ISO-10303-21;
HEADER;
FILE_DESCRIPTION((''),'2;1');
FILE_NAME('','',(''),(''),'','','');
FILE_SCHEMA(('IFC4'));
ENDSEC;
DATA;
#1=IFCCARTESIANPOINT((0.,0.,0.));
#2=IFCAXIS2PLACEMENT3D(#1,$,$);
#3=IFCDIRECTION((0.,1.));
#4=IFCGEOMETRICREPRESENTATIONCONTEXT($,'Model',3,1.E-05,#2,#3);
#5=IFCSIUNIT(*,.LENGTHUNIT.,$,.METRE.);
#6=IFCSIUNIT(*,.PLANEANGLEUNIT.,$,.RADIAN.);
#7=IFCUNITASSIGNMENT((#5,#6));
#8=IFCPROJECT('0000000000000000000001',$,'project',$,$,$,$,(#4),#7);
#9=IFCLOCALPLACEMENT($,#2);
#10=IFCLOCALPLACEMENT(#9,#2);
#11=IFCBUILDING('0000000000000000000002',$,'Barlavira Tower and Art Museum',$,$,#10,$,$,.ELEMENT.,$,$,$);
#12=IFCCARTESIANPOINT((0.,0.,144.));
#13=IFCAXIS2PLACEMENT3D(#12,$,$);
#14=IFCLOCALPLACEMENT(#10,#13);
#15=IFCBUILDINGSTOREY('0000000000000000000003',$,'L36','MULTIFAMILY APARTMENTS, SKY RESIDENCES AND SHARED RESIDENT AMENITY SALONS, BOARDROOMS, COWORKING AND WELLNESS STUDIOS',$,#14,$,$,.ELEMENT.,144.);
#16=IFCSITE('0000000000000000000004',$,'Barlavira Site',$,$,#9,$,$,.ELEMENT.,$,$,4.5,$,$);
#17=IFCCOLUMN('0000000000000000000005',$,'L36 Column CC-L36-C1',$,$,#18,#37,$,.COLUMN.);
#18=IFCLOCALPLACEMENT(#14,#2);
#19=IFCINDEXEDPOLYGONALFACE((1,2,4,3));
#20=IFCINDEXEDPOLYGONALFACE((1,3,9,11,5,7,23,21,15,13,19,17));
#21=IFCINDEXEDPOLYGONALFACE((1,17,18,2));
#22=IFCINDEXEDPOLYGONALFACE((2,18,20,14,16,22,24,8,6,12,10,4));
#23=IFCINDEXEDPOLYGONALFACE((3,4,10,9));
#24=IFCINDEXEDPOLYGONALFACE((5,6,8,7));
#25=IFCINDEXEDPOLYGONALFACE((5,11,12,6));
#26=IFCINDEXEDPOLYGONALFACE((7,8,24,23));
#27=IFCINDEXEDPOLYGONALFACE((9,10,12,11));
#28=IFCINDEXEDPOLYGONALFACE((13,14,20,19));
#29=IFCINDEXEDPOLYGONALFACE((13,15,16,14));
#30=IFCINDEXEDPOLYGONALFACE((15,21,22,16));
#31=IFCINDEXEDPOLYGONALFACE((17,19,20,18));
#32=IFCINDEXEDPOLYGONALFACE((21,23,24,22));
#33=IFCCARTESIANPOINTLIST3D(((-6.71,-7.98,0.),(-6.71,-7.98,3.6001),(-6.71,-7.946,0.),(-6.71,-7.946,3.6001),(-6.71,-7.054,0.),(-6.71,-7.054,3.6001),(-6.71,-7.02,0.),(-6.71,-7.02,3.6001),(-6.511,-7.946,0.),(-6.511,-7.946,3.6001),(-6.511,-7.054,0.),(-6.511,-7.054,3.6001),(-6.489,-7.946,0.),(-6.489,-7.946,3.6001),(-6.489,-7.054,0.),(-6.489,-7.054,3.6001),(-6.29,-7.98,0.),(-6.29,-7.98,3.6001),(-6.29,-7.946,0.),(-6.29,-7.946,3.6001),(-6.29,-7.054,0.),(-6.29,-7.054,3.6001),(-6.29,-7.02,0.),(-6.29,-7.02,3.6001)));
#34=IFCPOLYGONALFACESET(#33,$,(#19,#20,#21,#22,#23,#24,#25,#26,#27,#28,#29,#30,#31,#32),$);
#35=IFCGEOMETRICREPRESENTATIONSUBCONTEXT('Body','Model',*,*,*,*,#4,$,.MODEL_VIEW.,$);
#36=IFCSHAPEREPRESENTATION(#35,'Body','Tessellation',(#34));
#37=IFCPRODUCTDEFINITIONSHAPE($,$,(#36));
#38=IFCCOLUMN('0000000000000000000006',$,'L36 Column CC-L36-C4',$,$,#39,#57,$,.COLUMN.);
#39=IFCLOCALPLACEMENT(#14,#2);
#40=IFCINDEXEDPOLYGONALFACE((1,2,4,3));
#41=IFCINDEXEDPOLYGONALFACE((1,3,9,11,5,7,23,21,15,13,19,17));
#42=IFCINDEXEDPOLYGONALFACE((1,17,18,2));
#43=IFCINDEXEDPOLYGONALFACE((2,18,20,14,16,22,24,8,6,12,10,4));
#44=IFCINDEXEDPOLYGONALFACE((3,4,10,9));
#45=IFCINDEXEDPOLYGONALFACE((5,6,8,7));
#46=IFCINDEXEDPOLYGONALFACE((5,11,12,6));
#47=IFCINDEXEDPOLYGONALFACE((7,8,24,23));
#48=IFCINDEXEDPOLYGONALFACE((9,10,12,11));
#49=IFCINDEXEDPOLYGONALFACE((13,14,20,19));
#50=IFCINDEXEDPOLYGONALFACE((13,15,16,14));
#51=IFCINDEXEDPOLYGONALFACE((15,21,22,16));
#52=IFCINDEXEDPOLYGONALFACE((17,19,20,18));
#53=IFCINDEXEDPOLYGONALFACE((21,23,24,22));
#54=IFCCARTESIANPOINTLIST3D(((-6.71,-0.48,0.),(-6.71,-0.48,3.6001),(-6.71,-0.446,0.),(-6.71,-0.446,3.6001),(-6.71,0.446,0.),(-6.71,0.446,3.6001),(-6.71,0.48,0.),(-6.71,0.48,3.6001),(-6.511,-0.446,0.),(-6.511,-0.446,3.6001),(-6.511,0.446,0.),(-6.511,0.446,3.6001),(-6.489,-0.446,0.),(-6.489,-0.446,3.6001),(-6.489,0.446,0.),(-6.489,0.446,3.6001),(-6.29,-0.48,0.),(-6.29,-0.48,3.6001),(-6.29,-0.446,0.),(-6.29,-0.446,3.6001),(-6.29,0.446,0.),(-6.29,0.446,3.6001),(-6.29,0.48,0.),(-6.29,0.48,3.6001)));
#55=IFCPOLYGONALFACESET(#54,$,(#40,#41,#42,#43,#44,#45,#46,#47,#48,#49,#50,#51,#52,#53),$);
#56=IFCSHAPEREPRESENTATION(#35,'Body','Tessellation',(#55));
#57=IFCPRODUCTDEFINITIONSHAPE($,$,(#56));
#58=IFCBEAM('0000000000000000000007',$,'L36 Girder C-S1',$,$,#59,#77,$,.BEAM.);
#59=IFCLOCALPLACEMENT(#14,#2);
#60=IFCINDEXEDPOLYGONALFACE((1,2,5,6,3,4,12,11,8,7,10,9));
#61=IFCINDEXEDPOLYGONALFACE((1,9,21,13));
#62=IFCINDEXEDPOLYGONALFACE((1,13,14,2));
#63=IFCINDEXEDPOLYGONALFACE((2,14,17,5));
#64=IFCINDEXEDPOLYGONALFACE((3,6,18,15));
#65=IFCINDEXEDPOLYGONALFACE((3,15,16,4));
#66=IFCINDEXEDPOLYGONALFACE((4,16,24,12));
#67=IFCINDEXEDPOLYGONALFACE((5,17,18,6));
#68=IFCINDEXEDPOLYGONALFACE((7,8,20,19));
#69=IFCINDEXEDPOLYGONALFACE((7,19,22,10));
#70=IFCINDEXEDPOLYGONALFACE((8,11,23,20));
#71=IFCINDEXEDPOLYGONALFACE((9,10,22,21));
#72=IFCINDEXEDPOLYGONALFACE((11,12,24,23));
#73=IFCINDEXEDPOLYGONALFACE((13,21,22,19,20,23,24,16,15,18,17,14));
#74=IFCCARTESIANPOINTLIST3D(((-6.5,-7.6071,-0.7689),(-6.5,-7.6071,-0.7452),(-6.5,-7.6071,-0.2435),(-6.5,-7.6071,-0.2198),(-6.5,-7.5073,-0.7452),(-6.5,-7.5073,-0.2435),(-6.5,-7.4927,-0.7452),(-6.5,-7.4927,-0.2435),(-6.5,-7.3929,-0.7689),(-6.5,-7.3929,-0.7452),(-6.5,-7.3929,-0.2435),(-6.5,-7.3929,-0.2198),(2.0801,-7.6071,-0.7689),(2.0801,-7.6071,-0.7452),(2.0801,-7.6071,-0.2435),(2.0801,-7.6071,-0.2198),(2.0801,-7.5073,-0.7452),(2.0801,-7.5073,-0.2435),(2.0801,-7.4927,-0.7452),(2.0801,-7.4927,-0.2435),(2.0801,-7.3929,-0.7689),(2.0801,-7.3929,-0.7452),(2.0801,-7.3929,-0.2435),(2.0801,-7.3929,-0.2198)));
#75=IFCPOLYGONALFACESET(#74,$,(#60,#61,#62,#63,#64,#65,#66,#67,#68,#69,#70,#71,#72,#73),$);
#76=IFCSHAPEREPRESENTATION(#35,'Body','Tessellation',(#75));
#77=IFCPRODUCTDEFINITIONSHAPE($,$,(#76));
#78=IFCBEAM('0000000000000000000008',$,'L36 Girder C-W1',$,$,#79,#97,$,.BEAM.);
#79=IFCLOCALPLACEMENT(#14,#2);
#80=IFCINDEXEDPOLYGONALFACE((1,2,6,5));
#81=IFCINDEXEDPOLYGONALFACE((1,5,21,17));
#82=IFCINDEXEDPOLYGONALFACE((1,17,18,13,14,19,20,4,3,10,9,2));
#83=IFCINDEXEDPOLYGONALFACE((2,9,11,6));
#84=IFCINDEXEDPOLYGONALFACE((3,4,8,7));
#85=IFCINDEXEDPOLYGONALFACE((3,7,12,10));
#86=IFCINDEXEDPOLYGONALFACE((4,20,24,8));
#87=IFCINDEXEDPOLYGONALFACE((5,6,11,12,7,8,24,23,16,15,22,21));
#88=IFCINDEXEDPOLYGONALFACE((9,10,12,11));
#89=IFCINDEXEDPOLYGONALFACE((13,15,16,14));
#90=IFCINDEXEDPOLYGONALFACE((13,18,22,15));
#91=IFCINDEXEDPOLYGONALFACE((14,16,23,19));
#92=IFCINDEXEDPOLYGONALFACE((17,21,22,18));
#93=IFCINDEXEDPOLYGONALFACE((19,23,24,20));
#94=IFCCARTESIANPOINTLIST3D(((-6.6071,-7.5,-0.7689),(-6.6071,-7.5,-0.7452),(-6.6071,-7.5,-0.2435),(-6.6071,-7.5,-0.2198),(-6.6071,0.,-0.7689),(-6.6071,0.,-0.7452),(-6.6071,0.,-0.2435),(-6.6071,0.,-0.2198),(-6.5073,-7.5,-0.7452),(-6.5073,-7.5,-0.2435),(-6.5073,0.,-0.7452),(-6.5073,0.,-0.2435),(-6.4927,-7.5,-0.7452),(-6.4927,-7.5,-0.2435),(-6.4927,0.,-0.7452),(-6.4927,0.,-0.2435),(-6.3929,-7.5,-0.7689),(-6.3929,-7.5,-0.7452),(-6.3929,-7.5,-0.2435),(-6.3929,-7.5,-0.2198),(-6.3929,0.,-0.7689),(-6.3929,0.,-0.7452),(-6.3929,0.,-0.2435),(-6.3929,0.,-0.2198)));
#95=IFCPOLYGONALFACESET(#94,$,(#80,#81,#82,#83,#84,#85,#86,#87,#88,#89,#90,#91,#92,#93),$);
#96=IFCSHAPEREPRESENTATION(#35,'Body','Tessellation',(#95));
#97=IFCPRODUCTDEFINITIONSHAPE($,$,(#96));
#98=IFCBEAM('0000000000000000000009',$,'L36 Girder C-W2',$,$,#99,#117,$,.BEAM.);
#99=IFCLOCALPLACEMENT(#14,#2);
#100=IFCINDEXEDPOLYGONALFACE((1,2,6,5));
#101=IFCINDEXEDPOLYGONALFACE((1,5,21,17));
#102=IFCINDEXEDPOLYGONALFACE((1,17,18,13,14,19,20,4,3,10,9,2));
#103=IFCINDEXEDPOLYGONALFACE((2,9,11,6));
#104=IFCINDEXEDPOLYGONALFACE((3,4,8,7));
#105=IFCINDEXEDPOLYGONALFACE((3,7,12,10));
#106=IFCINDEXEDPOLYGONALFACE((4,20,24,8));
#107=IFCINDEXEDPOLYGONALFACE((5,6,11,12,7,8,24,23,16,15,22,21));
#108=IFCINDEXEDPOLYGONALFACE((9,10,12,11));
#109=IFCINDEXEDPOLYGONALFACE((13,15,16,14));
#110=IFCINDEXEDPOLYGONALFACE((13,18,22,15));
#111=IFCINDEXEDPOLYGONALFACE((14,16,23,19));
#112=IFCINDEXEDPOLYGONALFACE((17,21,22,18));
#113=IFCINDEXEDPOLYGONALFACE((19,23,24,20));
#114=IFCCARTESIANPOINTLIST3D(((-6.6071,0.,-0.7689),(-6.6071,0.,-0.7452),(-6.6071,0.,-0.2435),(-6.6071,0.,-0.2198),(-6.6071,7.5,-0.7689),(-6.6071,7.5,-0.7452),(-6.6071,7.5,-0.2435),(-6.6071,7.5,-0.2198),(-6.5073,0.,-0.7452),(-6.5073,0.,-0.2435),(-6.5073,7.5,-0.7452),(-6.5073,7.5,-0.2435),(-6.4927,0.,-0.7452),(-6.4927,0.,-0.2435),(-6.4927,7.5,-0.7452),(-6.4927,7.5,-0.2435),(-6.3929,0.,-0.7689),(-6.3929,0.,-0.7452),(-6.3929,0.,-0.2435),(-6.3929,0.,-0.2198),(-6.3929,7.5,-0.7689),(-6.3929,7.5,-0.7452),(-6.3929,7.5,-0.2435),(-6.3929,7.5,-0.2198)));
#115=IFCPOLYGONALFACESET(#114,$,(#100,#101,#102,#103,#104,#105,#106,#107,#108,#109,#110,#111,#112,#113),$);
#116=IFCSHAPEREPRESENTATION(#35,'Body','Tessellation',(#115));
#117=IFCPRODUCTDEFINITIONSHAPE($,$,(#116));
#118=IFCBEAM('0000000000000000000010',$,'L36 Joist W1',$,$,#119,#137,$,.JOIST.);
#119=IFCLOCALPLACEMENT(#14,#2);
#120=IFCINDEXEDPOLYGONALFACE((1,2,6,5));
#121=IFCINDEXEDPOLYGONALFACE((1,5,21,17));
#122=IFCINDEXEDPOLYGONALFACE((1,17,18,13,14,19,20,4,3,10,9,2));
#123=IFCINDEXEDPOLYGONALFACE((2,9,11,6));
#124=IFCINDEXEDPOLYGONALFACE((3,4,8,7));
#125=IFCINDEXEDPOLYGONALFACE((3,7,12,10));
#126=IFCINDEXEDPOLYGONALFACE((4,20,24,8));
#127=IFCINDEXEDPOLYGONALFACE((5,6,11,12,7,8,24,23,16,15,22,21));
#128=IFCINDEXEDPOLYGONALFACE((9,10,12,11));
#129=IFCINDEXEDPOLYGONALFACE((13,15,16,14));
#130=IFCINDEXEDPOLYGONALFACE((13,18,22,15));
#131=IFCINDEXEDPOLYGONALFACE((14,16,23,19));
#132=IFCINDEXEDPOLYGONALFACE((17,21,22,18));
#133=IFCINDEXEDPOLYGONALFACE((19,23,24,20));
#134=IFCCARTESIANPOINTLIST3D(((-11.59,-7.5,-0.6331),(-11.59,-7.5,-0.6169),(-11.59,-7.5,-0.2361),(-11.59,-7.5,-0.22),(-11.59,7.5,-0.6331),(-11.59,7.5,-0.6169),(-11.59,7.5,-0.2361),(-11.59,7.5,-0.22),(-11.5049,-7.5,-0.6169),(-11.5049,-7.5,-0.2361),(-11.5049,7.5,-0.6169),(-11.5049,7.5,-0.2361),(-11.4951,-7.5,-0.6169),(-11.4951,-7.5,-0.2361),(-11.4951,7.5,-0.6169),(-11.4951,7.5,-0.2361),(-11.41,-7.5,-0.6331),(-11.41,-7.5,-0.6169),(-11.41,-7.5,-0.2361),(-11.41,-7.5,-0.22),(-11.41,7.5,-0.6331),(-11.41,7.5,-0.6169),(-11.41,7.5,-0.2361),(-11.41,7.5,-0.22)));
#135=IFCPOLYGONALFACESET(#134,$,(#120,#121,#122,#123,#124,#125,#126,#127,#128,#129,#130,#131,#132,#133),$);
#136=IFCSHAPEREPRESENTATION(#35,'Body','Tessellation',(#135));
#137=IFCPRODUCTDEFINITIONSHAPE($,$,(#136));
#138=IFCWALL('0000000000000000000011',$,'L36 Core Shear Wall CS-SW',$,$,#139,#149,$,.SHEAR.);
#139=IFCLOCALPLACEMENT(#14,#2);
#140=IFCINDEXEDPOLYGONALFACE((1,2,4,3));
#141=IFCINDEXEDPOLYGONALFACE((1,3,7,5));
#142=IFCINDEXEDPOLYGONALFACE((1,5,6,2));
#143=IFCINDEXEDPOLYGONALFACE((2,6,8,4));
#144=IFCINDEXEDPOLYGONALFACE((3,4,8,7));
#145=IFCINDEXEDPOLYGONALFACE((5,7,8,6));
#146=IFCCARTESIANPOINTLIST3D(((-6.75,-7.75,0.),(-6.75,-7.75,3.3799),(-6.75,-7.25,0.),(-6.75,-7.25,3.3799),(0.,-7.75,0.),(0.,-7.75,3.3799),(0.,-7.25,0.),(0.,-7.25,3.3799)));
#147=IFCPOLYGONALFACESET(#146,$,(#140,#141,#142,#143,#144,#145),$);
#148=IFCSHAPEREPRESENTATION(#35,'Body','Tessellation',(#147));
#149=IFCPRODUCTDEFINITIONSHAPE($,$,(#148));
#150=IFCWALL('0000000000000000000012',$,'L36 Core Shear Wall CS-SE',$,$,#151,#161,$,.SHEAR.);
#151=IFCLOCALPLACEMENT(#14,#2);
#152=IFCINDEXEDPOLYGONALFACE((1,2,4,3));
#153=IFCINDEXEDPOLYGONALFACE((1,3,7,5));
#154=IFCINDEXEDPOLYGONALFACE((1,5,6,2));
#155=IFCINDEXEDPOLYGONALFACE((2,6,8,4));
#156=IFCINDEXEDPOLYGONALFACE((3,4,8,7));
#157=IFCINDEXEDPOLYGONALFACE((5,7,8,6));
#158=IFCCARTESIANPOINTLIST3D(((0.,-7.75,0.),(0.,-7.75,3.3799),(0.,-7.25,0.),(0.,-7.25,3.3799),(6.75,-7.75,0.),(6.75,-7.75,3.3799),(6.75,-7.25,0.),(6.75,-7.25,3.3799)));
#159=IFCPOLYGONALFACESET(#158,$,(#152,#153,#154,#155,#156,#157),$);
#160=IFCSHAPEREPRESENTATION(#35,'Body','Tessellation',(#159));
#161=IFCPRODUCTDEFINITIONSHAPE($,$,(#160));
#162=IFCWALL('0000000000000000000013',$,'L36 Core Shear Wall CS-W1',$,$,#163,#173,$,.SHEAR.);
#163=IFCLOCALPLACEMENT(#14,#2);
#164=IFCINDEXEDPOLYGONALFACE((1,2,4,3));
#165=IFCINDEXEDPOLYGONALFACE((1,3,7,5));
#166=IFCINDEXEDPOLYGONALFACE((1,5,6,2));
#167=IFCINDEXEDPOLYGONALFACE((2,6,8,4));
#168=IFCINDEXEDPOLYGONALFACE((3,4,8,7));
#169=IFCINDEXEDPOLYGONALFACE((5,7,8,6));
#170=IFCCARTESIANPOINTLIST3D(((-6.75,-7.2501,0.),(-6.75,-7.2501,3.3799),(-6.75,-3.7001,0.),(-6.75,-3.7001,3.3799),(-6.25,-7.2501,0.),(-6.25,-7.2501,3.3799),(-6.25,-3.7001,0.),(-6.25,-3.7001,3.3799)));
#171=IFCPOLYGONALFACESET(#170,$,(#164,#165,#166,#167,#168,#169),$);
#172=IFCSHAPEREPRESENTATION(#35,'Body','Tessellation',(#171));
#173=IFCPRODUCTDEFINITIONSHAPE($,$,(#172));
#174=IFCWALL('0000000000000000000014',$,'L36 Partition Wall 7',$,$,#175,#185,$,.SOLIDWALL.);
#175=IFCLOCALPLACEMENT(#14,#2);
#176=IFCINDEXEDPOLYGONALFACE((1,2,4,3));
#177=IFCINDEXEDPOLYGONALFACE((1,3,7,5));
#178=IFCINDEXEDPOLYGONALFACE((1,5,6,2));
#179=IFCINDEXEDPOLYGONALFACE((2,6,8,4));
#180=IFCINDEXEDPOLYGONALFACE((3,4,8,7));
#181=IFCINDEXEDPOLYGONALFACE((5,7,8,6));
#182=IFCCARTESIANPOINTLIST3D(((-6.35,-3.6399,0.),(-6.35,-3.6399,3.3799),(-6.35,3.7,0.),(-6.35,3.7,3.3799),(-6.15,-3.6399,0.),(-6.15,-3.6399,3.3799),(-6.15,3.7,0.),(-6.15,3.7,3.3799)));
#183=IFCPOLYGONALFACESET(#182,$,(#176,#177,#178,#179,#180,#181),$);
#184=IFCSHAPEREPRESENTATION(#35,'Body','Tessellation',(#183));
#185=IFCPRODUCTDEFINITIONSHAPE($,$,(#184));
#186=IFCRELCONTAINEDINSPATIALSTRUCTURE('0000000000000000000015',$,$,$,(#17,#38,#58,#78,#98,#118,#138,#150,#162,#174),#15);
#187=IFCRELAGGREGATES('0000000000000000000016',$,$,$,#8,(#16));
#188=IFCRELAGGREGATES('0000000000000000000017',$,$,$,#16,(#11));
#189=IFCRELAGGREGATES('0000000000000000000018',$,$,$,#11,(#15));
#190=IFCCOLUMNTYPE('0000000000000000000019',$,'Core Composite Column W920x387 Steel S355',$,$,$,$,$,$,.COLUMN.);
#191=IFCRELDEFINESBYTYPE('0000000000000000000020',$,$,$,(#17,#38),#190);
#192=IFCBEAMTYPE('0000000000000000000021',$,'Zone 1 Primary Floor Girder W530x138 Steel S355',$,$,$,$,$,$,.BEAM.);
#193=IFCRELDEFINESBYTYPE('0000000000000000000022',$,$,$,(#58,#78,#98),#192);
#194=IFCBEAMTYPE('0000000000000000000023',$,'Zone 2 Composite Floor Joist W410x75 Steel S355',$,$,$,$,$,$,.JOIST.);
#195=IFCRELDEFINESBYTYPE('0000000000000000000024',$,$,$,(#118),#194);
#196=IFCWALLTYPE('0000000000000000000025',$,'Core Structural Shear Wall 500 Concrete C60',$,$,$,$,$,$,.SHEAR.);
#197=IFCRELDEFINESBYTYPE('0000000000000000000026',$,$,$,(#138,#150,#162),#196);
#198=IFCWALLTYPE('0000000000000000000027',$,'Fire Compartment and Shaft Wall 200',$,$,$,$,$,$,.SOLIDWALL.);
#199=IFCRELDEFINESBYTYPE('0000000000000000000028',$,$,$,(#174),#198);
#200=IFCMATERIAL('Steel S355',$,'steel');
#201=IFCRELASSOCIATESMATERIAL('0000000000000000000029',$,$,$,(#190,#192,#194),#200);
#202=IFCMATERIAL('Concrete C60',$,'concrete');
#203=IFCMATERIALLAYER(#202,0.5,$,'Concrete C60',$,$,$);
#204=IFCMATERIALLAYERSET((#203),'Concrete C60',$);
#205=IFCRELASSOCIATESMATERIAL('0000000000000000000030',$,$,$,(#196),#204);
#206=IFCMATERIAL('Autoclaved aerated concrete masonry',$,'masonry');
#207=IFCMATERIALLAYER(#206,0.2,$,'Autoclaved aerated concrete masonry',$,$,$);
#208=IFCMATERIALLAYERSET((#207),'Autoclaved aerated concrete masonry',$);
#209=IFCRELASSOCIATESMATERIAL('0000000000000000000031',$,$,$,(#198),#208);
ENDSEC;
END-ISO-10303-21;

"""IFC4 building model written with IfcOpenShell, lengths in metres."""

from ifc_helpers import new_model, si_unit, direction, frame, frame_2d, origin, origin_2d, place, context, subcontext, project, spatial, rectangle, i_section, extrude, material, layer, layer_set, material_profile, profile_set, type_object, element, save


model = new_model("IFC4")

# Units and contexts
model_context = context("Model", 3, precision=1e-05, world=origin(), true_north=direction((0.0, 1.0)))
body_context = subcontext(model_context, "Body", "Model", "MODEL_VIEW")
ifc_project = project(units=[si_unit("LENGTHUNIT", "METRE"), si_unit("PLANEANGLEUNIT", "RADIAN")], contexts=[model_context])

# Site, building, storey
site_placement = place(None, origin())
site = spatial("IfcSite", under=ifc_project, at=site_placement, Name="Barlavira Site", CompositionType="ELEMENT", RefElevation=4.5)
building_placement = place(site_placement, origin())
building = spatial("IfcBuilding", under=site, at=building_placement, Name="Barlavira Tower and Art Museum", CompositionType="ELEMENT")
storey_placement = place(building_placement, frame((0.0, 0.0, 144.0)))
storey = spatial("IfcBuildingStorey", under=building, at=storey_placement, Name="L36", Description="MULTIFAMILY APARTMENTS, SKY RESIDENCES AND SHARED RESIDENT AMENITY SALONS, BOARDROOMS, COWORKING AND WELLNESS STUDIOS", CompositionType="ELEMENT", Elevation=144.0)

# Columns
ifc_material_1 = material(Name="Steel S355", Category="steel")
ifc_material_profile_1 = material_profile(ifc_material_1, i_section(OverallWidth=0.4199, OverallDepth=0.96, WebThickness=0.022, FlangeThickness=0.0339, at=origin_2d()), Name="W920x387.0")
ifc_profile_set_1 = profile_set([ifc_material_profile_1], Name="Steel S355")
column_type = type_object("IfcColumnType", Name="Core Composite Column W920x387 Steel S355", PredefinedType="COLUMN", material=ifc_profile_set_1)
for number, where, z_axis, x_axis, name in (
    (1, (-6.5, -7.5, 0.0), (0.0, 0.0, 1.0), (1.0, 0.0, 0.0), "L36 Column CC-L36-C1"),
    (2, (-6.5, 0.0, 0.0), (0.0, 0.0, 1.0), (1.0, 0.0, 0.0), "L36 Column CC-L36-C4"),
):
    element("IfcColumn", number, at=place(storey_placement, frame(where, z_axis=z_axis, x_axis=x_axis)), inside=storey, type_object=column_type, Name=name, PredefinedType="COLUMN", context=body_context, shape_type="SweptSolid", body=[
        extrude(i_section(OverallWidth=0.4199, OverallDepth=0.96, WebThickness=0.022, FlangeThickness=0.0339, at=origin_2d()), origin(), (0.0, 0.0, 1.0), 3.6001),
    ])

# Beams
ifc_material_profile_2 = material_profile(ifc_material_1, i_section(OverallWidth=0.2141, OverallDepth=0.5491, WebThickness=0.0146, FlangeThickness=0.0237, at=origin_2d()), Name="W530x138.0")
ifc_profile_set_2 = profile_set([ifc_material_profile_2], Name="Steel S355")
beam_type_1 = type_object("IfcBeamType", Name="Zone 1 Primary Floor Girder W530x138 Steel S355", PredefinedType="BEAM", material=ifc_profile_set_2)
beam_1_placement = place(storey_placement, frame((-6.5, -7.5, -0.4944), z_axis=(1.0, 0.0, 0.0), x_axis=(0.0, 1.0, 0.0)))
element("IfcBeam", 3, at=beam_1_placement, inside=storey, type_object=beam_type_1, Name="L36 Girder C-S1", PredefinedType="BEAM", context=body_context, shape_type="SweptSolid", body=[
    extrude(i_section(OverallWidth=0.2141, OverallDepth=0.5491, WebThickness=0.0146, FlangeThickness=0.0237, at=origin_2d()), origin(), (0.0, 0.0, 1.0), 8.5801),
])
for number, where, z_axis, x_axis, name in (
    (4, (-6.5, -7.5, -0.4944), (0.0, 1.0, 0.0), (-1.0, 0.0, 0.0), "L36 Girder C-W1"),
    (5, (-6.5, 0.0, -0.4944), (0.0, 1.0, 0.0), (-1.0, 0.0, 0.0), "L36 Girder C-W2"),
):
    element("IfcBeam", number, at=place(storey_placement, frame(where, z_axis=z_axis, x_axis=x_axis)), inside=storey, type_object=beam_type_1, Name=name, PredefinedType="BEAM", context=body_context, shape_type="SweptSolid", body=[
        extrude(i_section(OverallWidth=0.2141, OverallDepth=0.5491, WebThickness=0.0146, FlangeThickness=0.0237, at=origin_2d()), origin(), (0.0, 0.0, 1.0), 7.5),
    ])
ifc_material_profile_3 = material_profile(ifc_material_1, i_section(OverallWidth=0.1799, OverallDepth=0.4131, WebThickness=0.0098, FlangeThickness=0.0161, at=origin_2d()), Name="W410x75.0")
ifc_profile_set_3 = profile_set([ifc_material_profile_3], Name="Steel S355")
beam_type_2 = type_object("IfcBeamType", Name="Zone 2 Composite Floor Joist W410x75 Steel S355", PredefinedType="JOIST", material=ifc_profile_set_3)
beam_2_placement = place(storey_placement, frame((-11.5, -7.5, -0.4265), z_axis=(0.0, 1.0, 0.0), x_axis=(-1.0, 0.0, 0.0)))
element("IfcBeam", 6, at=beam_2_placement, inside=storey, type_object=beam_type_2, Name="L36 Joist W1", PredefinedType="JOIST", context=body_context, shape_type="SweptSolid", body=[
    extrude(i_section(OverallWidth=0.1799, OverallDepth=0.4131, WebThickness=0.0098, FlangeThickness=0.0161, at=origin_2d()), origin(), (0.0, 0.0, 1.0), 15.0),
])

# Walls
ifc_material_2 = material(Name="Concrete C60", Category="concrete")
ifc_layer_1 = layer(ifc_material_2, 0.5, Name="Concrete C60")
ifc_layer_set_1 = layer_set([ifc_layer_1], Name="Concrete C60")
wall_type_1 = type_object("IfcWallType", Name="Core Structural Shear Wall 500 Concrete C60", PredefinedType="SHEAR", material=ifc_layer_set_1)
for number, where, z_axis, x_axis, name in (
    (7, (-6.75, -7.5, 0.0), (0.0, 0.0, 1.0), (1.0, 0.0, 0.0), "L36 Core Shear Wall CS-SW"),
    (8, (0.0, -7.5, 0.0), (0.0, 0.0, 1.0), (1.0, 0.0, 0.0), "L36 Core Shear Wall CS-SE"),
):
    element("IfcWall", number, at=place(storey_placement, frame(where, z_axis=z_axis, x_axis=x_axis)), inside=storey, type_object=wall_type_1, Name=name, PredefinedType="SHEAR", context=body_context, shape_type="SweptSolid", body=[
        extrude(rectangle(XDim=6.75, YDim=0.5, at=frame_2d((3.375, 0.0))), origin(), (0.0, 0.0, 1.0), 3.3799),
    ])
wall_1_placement = place(storey_placement, frame((-6.5, -7.25, 0.0), z_axis=(0.0, 0.0, 1.0), x_axis=(0.0, 1.0, 0.0)))
element("IfcWall", 9, at=wall_1_placement, inside=storey, type_object=wall_type_1, Name="L36 Core Shear Wall CS-W1", PredefinedType="SHEAR", context=body_context, shape_type="SweptSolid", body=[
    extrude(rectangle(XDim=3.55, YDim=0.5, at=frame_2d((1.7749, 0.0))), origin(), (0.0, 0.0, 1.0), 3.3799),
])
ifc_material_3 = material(Name="Autoclaved aerated concrete masonry", Category="masonry")
ifc_layer_2 = layer(ifc_material_3, 0.2, Name="Autoclaved aerated concrete masonry")
ifc_layer_set_2 = layer_set([ifc_layer_2], Name="Autoclaved aerated concrete masonry")
wall_type_2 = type_object("IfcWallType", Name="Fire Compartment and Shaft Wall 200", PredefinedType="SOLIDWALL", material=ifc_layer_set_2)
wall_2_placement = place(storey_placement, frame((-6.25, -3.6399, 0.0), z_axis=(0.0, 0.0, 1.0), x_axis=(0.0, 1.0, 0.0)))
element("IfcWall", 10, at=wall_2_placement, inside=storey, type_object=wall_type_2, Name="L36 Partition Wall 7", PredefinedType="SOLIDWALL", context=body_context, shape_type="SweptSolid", body=[
    extrude(rectangle(XDim=7.3398, YDim=0.2, at=frame_2d((3.6699, 0.0))), origin(), (0.0, 0.0, 1.0), 3.3799),
])

save(model, "model.ifc")
